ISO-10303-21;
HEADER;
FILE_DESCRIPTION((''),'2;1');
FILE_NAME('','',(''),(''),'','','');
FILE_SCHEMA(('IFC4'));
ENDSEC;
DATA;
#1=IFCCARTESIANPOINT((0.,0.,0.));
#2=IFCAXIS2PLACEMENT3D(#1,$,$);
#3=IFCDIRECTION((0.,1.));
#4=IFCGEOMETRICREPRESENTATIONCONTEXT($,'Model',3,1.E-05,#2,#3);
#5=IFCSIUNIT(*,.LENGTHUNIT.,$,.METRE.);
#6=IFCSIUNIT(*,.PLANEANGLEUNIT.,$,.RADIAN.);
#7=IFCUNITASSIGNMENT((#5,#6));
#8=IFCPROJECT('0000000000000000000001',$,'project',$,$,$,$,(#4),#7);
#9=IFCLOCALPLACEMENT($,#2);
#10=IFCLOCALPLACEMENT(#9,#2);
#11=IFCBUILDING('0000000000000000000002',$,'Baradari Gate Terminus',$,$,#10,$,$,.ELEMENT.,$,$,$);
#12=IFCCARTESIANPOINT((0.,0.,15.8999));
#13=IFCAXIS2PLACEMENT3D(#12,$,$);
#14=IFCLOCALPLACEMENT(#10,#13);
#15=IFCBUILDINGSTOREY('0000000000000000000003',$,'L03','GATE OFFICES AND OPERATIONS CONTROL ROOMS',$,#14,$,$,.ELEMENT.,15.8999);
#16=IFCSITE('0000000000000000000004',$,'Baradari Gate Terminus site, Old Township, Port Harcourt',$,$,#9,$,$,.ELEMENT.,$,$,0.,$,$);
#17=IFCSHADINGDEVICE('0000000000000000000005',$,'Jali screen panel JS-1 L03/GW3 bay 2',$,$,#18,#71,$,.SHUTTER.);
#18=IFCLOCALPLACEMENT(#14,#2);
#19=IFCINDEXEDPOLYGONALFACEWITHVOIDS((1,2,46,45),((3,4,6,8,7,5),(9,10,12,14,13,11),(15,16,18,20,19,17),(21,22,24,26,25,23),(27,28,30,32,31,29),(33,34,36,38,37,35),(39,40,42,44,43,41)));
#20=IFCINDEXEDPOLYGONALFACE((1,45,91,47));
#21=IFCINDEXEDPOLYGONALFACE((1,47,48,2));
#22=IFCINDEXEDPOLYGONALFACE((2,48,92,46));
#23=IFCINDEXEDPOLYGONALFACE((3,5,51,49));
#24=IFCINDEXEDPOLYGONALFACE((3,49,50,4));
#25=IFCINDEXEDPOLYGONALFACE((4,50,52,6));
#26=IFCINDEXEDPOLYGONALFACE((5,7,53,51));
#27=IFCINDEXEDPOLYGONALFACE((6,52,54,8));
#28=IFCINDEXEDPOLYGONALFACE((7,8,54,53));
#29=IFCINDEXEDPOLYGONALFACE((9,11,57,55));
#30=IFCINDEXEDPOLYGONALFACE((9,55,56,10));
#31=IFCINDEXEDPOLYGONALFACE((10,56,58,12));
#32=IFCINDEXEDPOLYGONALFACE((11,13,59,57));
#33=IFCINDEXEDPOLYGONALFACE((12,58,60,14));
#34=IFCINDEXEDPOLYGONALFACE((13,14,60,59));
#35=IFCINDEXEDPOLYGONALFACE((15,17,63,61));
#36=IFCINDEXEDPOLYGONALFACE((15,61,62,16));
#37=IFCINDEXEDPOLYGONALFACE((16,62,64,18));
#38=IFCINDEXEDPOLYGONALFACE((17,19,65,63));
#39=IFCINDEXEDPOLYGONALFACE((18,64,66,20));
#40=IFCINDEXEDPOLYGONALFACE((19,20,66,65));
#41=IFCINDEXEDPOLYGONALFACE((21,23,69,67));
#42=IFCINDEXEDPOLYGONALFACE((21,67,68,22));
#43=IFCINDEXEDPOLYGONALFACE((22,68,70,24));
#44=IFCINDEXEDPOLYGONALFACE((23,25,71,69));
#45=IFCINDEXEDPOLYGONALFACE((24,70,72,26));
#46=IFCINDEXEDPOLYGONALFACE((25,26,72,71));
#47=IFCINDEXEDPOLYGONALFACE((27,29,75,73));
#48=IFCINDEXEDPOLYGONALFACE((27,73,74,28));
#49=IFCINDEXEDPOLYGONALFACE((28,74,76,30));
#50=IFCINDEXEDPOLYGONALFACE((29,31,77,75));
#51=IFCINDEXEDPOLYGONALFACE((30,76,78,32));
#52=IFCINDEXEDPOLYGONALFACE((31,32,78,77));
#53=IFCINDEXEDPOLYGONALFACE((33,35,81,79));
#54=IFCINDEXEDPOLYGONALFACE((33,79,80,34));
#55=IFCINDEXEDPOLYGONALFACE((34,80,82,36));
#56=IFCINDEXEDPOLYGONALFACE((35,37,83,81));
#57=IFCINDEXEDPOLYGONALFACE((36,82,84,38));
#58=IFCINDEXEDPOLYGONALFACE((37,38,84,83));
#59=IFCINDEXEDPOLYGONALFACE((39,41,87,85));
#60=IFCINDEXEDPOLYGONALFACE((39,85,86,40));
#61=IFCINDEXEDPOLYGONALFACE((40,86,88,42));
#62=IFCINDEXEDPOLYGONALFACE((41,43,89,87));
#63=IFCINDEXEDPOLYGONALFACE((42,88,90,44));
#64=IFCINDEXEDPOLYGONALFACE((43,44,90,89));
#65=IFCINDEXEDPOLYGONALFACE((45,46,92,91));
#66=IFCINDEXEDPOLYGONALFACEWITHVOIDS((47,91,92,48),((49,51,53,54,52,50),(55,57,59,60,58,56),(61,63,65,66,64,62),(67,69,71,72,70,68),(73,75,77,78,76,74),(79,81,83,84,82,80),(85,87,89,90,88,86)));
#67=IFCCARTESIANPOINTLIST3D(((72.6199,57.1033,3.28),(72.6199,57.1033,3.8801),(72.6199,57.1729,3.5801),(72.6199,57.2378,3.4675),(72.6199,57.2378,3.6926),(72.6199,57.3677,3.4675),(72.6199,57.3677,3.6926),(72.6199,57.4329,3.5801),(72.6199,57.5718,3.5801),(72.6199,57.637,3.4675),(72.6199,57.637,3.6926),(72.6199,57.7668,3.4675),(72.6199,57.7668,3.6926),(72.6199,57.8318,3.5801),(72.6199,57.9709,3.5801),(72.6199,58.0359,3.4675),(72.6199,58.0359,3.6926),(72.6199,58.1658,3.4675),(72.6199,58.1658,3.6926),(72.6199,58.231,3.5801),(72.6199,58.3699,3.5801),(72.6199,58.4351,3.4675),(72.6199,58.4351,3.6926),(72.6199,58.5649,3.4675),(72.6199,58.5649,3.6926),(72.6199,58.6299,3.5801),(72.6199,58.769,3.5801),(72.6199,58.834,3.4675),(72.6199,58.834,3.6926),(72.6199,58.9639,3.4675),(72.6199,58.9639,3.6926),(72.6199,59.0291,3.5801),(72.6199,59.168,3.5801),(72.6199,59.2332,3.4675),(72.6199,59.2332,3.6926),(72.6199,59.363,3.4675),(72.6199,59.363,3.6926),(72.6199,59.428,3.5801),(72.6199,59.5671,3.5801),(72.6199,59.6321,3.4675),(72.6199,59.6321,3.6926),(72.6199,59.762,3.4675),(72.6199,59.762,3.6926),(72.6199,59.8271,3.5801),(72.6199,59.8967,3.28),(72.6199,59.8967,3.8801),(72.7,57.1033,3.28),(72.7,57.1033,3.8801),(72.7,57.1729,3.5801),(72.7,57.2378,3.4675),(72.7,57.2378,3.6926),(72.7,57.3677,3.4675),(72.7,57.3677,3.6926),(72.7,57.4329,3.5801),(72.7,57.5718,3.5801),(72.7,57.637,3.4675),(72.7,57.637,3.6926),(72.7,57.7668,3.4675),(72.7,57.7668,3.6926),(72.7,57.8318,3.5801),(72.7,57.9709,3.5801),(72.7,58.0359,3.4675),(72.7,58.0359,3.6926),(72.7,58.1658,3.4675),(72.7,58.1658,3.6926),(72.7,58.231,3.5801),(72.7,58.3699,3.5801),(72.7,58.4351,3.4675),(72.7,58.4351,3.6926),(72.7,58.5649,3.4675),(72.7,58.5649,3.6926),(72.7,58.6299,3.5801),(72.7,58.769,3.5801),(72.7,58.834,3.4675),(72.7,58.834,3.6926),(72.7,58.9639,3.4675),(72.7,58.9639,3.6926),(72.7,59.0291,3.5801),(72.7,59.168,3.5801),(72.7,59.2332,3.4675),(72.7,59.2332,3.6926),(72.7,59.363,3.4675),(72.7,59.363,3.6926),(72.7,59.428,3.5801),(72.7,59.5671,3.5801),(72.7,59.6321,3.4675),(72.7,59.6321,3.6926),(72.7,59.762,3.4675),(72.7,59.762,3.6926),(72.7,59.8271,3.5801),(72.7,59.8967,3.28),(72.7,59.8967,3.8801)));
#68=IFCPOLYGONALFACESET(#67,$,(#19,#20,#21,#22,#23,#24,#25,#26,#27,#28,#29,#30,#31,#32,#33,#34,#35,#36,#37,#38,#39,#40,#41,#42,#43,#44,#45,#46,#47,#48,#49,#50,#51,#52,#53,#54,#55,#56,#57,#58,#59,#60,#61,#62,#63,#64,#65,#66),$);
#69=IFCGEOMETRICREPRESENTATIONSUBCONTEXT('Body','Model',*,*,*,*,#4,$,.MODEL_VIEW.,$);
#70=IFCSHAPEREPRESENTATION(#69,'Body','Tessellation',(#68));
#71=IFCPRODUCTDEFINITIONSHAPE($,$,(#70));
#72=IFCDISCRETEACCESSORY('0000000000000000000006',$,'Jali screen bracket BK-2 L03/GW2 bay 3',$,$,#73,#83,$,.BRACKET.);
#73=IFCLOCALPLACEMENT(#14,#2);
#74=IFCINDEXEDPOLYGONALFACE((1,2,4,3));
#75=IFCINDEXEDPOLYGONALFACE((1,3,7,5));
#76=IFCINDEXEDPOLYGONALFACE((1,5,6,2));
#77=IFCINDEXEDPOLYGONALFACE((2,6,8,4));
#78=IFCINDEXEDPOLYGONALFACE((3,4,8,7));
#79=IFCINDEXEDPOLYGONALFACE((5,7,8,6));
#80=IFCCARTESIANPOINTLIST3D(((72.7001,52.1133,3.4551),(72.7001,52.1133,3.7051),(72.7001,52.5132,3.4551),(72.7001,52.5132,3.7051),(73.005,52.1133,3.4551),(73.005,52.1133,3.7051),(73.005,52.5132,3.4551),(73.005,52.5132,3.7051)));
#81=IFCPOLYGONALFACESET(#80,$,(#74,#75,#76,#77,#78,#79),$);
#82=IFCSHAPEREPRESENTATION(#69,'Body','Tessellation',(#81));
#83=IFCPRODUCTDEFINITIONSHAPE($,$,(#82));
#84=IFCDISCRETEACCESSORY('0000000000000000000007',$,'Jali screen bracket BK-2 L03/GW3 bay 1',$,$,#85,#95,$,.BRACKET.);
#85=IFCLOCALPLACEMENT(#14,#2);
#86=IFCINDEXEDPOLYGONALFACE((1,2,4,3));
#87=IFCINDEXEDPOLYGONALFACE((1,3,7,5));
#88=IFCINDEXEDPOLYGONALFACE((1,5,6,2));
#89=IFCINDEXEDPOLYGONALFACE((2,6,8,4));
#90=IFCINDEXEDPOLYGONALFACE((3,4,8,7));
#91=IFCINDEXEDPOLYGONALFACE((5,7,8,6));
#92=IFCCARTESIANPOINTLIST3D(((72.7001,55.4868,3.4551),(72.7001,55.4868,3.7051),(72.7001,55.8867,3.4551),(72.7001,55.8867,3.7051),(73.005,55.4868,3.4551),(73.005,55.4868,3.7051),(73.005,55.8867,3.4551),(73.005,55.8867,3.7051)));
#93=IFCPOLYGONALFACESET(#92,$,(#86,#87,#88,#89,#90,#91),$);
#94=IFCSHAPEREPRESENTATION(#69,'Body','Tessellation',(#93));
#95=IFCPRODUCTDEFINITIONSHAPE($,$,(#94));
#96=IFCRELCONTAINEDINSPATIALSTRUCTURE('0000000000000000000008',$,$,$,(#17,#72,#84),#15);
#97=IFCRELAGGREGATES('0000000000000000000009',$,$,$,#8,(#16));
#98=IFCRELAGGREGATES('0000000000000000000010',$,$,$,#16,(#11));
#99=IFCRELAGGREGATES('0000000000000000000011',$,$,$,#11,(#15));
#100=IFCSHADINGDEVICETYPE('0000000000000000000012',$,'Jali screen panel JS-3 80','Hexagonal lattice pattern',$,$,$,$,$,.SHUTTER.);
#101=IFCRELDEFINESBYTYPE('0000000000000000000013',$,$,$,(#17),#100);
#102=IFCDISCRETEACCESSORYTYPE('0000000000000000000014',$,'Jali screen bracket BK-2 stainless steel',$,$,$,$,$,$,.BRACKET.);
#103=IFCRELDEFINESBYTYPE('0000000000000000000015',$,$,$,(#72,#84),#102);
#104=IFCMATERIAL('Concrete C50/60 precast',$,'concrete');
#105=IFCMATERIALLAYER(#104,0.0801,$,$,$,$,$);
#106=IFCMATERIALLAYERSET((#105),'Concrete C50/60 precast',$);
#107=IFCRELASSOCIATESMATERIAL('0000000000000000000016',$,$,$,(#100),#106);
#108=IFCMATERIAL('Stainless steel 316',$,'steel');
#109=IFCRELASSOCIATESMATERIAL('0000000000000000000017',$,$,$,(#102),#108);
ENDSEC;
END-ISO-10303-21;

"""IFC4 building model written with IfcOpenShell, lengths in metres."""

from ifc_helpers import new_model, si_unit, direction, frame, origin, origin_2d, place, context, subcontext, project, spatial, polyline, rectangle, outline, extrude, material, layer, layer_set, type_object, element, save


model = new_model("IFC4")

# Units and contexts
model_context = context("Model", 3, precision=1e-05, world=origin(), true_north=direction((0.0, 1.0)))
body_context = subcontext(model_context, "Body", "Model", "MODEL_VIEW")
ifc_project = project(units=[si_unit("LENGTHUNIT", "METRE"), si_unit("PLANEANGLEUNIT", "RADIAN")], contexts=[model_context])

# Site, building, storey
site_placement = place(None, origin())
site = spatial("IfcSite", under=ifc_project, at=site_placement, Name="Baradari Gate Terminus site, Old Township, Port Harcourt", CompositionType="ELEMENT", RefElevation=0.0)
building_placement = place(site_placement, origin())
building = spatial("IfcBuilding", under=site, at=building_placement, Name="Baradari Gate Terminus", CompositionType="ELEMENT")
storey_placement = place(building_placement, frame((0.0, 0.0, 15.8999)))
storey = spatial("IfcBuildingStorey", under=building, at=storey_placement, Name="L03", Description="GATE OFFICES AND OPERATIONS CONTROL ROOMS", CompositionType="ELEMENT", Elevation=15.8999)

# Shading device
ifc_material_1 = material(Name="Concrete C50/60 precast", Category="concrete")
ifc_layer_1 = layer(ifc_material_1, 0.0801)
ifc_layer_set_1 = layer_set([ifc_layer_1], Name="Concrete C50/60 precast")
shading_device_type = type_object("IfcShadingDeviceType", Name="Jali screen panel JS-3 80", Description="Hexagonal lattice pattern", PredefinedType="SHUTTER", material=ifc_layer_set_1)
shading_device_1_placement = place(storey_placement, frame((72.6599, 57.1033, 3.28), z_axis=(0.0, 0.0, 1.0), x_axis=(0.0, 1.0, 0.0)))
element("IfcShadingDevice", 1, at=shading_device_1_placement, inside=storey, type_object=shading_device_type, Name="Jali screen panel JS-1 L03/GW3 bay 2", PredefinedType="SHUTTER", context=body_context, shape_type="SweptSolid", body=[
    extrude(outline(polyline([(0.0, 0.0), (2.7935, 0.0), (2.7935, 0.6001), (0.0, 0.6001), (0.0, 0.0)]), holes=[polyline([(0.3296, 0.3), (0.2644, 0.1875), (0.1345, 0.1875), (0.0696, 0.3), (0.1345, 0.4126), (0.2644, 0.4126), (0.3296, 0.3)]), polyline([(0.7285, 0.3), (0.6636, 0.1875), (0.5337, 0.1875), (0.4685, 0.3), (0.5337, 0.4126), (0.6636, 0.4126), (0.7285, 0.3)]), polyline([(1.1277, 0.3), (1.0625, 0.1875), (0.9326, 0.1875), (0.8677, 0.3), (0.9326, 0.4126), (1.0625, 0.4126), (1.1277, 0.3)]), polyline([(1.5266, 0.3), (1.4617, 0.1875), (1.3318, 0.1875), (1.2666, 0.3), (1.3318, 0.4126), (1.4617, 0.4126), (1.5266, 0.3)]), polyline([(1.9258, 0.3), (1.8606, 0.1875), (1.7307, 0.1875), (1.6658, 0.3), (1.7307, 0.4126), (1.8606, 0.4126), (1.9258, 0.3)]), polyline([(2.3247, 0.3), (2.2598, 0.1875), (2.1299, 0.1875), (2.0647, 0.3), (2.1299, 0.4126), (2.2598, 0.4126), (2.3247, 0.3)]), polyline([(2.7239, 0.3), (2.6587, 0.1875), (2.5288, 0.1875), (2.4639, 0.3), (2.5288, 0.4126), (2.6587, 0.4126), (2.7239, 0.3)])]), frame((0.0, 0.04, 0.0), z_axis=(0.0, -1.0, 0.0), x_axis=(1.0, 0.0, 0.0)), (0.0, 0.0, 1.0), 0.0801),
])

# Discrete accessories
ifc_material_2 = material(Name="Stainless steel 316", Category="steel")
discrete_accessory_type = type_object("IfcDiscreteAccessoryType", Name="Jali screen bracket BK-2 stainless steel", PredefinedType="BRACKET", material=ifc_material_2)
for number, where, z_axis, x_axis, name in (
    (2, (72.8525, 52.3132, 3.4551), (0.0, 0.0, 1.0), (-1.0, 0.0, 0.0), "Jali screen bracket BK-2 L03/GW2 bay 3"),
    (3, (72.8525, 55.6868, 3.4551), (0.0, 0.0, 1.0), (-1.0, 0.0, 0.0), "Jali screen bracket BK-2 L03/GW3 bay 1"),
):
    element("IfcDiscreteAccessory", number, at=place(storey_placement, frame(where, z_axis=z_axis, x_axis=x_axis)), inside=storey, type_object=discrete_accessory_type, Name=name, PredefinedType="BRACKET", context=body_context, shape_type="SweptSolid", body=[
        extrude(rectangle(XDim=0.3049, YDim=0.3999, at=origin_2d()), origin(), (0.0, 0.0, 1.0), 0.25),
    ])

save(model, "model.ifc")
